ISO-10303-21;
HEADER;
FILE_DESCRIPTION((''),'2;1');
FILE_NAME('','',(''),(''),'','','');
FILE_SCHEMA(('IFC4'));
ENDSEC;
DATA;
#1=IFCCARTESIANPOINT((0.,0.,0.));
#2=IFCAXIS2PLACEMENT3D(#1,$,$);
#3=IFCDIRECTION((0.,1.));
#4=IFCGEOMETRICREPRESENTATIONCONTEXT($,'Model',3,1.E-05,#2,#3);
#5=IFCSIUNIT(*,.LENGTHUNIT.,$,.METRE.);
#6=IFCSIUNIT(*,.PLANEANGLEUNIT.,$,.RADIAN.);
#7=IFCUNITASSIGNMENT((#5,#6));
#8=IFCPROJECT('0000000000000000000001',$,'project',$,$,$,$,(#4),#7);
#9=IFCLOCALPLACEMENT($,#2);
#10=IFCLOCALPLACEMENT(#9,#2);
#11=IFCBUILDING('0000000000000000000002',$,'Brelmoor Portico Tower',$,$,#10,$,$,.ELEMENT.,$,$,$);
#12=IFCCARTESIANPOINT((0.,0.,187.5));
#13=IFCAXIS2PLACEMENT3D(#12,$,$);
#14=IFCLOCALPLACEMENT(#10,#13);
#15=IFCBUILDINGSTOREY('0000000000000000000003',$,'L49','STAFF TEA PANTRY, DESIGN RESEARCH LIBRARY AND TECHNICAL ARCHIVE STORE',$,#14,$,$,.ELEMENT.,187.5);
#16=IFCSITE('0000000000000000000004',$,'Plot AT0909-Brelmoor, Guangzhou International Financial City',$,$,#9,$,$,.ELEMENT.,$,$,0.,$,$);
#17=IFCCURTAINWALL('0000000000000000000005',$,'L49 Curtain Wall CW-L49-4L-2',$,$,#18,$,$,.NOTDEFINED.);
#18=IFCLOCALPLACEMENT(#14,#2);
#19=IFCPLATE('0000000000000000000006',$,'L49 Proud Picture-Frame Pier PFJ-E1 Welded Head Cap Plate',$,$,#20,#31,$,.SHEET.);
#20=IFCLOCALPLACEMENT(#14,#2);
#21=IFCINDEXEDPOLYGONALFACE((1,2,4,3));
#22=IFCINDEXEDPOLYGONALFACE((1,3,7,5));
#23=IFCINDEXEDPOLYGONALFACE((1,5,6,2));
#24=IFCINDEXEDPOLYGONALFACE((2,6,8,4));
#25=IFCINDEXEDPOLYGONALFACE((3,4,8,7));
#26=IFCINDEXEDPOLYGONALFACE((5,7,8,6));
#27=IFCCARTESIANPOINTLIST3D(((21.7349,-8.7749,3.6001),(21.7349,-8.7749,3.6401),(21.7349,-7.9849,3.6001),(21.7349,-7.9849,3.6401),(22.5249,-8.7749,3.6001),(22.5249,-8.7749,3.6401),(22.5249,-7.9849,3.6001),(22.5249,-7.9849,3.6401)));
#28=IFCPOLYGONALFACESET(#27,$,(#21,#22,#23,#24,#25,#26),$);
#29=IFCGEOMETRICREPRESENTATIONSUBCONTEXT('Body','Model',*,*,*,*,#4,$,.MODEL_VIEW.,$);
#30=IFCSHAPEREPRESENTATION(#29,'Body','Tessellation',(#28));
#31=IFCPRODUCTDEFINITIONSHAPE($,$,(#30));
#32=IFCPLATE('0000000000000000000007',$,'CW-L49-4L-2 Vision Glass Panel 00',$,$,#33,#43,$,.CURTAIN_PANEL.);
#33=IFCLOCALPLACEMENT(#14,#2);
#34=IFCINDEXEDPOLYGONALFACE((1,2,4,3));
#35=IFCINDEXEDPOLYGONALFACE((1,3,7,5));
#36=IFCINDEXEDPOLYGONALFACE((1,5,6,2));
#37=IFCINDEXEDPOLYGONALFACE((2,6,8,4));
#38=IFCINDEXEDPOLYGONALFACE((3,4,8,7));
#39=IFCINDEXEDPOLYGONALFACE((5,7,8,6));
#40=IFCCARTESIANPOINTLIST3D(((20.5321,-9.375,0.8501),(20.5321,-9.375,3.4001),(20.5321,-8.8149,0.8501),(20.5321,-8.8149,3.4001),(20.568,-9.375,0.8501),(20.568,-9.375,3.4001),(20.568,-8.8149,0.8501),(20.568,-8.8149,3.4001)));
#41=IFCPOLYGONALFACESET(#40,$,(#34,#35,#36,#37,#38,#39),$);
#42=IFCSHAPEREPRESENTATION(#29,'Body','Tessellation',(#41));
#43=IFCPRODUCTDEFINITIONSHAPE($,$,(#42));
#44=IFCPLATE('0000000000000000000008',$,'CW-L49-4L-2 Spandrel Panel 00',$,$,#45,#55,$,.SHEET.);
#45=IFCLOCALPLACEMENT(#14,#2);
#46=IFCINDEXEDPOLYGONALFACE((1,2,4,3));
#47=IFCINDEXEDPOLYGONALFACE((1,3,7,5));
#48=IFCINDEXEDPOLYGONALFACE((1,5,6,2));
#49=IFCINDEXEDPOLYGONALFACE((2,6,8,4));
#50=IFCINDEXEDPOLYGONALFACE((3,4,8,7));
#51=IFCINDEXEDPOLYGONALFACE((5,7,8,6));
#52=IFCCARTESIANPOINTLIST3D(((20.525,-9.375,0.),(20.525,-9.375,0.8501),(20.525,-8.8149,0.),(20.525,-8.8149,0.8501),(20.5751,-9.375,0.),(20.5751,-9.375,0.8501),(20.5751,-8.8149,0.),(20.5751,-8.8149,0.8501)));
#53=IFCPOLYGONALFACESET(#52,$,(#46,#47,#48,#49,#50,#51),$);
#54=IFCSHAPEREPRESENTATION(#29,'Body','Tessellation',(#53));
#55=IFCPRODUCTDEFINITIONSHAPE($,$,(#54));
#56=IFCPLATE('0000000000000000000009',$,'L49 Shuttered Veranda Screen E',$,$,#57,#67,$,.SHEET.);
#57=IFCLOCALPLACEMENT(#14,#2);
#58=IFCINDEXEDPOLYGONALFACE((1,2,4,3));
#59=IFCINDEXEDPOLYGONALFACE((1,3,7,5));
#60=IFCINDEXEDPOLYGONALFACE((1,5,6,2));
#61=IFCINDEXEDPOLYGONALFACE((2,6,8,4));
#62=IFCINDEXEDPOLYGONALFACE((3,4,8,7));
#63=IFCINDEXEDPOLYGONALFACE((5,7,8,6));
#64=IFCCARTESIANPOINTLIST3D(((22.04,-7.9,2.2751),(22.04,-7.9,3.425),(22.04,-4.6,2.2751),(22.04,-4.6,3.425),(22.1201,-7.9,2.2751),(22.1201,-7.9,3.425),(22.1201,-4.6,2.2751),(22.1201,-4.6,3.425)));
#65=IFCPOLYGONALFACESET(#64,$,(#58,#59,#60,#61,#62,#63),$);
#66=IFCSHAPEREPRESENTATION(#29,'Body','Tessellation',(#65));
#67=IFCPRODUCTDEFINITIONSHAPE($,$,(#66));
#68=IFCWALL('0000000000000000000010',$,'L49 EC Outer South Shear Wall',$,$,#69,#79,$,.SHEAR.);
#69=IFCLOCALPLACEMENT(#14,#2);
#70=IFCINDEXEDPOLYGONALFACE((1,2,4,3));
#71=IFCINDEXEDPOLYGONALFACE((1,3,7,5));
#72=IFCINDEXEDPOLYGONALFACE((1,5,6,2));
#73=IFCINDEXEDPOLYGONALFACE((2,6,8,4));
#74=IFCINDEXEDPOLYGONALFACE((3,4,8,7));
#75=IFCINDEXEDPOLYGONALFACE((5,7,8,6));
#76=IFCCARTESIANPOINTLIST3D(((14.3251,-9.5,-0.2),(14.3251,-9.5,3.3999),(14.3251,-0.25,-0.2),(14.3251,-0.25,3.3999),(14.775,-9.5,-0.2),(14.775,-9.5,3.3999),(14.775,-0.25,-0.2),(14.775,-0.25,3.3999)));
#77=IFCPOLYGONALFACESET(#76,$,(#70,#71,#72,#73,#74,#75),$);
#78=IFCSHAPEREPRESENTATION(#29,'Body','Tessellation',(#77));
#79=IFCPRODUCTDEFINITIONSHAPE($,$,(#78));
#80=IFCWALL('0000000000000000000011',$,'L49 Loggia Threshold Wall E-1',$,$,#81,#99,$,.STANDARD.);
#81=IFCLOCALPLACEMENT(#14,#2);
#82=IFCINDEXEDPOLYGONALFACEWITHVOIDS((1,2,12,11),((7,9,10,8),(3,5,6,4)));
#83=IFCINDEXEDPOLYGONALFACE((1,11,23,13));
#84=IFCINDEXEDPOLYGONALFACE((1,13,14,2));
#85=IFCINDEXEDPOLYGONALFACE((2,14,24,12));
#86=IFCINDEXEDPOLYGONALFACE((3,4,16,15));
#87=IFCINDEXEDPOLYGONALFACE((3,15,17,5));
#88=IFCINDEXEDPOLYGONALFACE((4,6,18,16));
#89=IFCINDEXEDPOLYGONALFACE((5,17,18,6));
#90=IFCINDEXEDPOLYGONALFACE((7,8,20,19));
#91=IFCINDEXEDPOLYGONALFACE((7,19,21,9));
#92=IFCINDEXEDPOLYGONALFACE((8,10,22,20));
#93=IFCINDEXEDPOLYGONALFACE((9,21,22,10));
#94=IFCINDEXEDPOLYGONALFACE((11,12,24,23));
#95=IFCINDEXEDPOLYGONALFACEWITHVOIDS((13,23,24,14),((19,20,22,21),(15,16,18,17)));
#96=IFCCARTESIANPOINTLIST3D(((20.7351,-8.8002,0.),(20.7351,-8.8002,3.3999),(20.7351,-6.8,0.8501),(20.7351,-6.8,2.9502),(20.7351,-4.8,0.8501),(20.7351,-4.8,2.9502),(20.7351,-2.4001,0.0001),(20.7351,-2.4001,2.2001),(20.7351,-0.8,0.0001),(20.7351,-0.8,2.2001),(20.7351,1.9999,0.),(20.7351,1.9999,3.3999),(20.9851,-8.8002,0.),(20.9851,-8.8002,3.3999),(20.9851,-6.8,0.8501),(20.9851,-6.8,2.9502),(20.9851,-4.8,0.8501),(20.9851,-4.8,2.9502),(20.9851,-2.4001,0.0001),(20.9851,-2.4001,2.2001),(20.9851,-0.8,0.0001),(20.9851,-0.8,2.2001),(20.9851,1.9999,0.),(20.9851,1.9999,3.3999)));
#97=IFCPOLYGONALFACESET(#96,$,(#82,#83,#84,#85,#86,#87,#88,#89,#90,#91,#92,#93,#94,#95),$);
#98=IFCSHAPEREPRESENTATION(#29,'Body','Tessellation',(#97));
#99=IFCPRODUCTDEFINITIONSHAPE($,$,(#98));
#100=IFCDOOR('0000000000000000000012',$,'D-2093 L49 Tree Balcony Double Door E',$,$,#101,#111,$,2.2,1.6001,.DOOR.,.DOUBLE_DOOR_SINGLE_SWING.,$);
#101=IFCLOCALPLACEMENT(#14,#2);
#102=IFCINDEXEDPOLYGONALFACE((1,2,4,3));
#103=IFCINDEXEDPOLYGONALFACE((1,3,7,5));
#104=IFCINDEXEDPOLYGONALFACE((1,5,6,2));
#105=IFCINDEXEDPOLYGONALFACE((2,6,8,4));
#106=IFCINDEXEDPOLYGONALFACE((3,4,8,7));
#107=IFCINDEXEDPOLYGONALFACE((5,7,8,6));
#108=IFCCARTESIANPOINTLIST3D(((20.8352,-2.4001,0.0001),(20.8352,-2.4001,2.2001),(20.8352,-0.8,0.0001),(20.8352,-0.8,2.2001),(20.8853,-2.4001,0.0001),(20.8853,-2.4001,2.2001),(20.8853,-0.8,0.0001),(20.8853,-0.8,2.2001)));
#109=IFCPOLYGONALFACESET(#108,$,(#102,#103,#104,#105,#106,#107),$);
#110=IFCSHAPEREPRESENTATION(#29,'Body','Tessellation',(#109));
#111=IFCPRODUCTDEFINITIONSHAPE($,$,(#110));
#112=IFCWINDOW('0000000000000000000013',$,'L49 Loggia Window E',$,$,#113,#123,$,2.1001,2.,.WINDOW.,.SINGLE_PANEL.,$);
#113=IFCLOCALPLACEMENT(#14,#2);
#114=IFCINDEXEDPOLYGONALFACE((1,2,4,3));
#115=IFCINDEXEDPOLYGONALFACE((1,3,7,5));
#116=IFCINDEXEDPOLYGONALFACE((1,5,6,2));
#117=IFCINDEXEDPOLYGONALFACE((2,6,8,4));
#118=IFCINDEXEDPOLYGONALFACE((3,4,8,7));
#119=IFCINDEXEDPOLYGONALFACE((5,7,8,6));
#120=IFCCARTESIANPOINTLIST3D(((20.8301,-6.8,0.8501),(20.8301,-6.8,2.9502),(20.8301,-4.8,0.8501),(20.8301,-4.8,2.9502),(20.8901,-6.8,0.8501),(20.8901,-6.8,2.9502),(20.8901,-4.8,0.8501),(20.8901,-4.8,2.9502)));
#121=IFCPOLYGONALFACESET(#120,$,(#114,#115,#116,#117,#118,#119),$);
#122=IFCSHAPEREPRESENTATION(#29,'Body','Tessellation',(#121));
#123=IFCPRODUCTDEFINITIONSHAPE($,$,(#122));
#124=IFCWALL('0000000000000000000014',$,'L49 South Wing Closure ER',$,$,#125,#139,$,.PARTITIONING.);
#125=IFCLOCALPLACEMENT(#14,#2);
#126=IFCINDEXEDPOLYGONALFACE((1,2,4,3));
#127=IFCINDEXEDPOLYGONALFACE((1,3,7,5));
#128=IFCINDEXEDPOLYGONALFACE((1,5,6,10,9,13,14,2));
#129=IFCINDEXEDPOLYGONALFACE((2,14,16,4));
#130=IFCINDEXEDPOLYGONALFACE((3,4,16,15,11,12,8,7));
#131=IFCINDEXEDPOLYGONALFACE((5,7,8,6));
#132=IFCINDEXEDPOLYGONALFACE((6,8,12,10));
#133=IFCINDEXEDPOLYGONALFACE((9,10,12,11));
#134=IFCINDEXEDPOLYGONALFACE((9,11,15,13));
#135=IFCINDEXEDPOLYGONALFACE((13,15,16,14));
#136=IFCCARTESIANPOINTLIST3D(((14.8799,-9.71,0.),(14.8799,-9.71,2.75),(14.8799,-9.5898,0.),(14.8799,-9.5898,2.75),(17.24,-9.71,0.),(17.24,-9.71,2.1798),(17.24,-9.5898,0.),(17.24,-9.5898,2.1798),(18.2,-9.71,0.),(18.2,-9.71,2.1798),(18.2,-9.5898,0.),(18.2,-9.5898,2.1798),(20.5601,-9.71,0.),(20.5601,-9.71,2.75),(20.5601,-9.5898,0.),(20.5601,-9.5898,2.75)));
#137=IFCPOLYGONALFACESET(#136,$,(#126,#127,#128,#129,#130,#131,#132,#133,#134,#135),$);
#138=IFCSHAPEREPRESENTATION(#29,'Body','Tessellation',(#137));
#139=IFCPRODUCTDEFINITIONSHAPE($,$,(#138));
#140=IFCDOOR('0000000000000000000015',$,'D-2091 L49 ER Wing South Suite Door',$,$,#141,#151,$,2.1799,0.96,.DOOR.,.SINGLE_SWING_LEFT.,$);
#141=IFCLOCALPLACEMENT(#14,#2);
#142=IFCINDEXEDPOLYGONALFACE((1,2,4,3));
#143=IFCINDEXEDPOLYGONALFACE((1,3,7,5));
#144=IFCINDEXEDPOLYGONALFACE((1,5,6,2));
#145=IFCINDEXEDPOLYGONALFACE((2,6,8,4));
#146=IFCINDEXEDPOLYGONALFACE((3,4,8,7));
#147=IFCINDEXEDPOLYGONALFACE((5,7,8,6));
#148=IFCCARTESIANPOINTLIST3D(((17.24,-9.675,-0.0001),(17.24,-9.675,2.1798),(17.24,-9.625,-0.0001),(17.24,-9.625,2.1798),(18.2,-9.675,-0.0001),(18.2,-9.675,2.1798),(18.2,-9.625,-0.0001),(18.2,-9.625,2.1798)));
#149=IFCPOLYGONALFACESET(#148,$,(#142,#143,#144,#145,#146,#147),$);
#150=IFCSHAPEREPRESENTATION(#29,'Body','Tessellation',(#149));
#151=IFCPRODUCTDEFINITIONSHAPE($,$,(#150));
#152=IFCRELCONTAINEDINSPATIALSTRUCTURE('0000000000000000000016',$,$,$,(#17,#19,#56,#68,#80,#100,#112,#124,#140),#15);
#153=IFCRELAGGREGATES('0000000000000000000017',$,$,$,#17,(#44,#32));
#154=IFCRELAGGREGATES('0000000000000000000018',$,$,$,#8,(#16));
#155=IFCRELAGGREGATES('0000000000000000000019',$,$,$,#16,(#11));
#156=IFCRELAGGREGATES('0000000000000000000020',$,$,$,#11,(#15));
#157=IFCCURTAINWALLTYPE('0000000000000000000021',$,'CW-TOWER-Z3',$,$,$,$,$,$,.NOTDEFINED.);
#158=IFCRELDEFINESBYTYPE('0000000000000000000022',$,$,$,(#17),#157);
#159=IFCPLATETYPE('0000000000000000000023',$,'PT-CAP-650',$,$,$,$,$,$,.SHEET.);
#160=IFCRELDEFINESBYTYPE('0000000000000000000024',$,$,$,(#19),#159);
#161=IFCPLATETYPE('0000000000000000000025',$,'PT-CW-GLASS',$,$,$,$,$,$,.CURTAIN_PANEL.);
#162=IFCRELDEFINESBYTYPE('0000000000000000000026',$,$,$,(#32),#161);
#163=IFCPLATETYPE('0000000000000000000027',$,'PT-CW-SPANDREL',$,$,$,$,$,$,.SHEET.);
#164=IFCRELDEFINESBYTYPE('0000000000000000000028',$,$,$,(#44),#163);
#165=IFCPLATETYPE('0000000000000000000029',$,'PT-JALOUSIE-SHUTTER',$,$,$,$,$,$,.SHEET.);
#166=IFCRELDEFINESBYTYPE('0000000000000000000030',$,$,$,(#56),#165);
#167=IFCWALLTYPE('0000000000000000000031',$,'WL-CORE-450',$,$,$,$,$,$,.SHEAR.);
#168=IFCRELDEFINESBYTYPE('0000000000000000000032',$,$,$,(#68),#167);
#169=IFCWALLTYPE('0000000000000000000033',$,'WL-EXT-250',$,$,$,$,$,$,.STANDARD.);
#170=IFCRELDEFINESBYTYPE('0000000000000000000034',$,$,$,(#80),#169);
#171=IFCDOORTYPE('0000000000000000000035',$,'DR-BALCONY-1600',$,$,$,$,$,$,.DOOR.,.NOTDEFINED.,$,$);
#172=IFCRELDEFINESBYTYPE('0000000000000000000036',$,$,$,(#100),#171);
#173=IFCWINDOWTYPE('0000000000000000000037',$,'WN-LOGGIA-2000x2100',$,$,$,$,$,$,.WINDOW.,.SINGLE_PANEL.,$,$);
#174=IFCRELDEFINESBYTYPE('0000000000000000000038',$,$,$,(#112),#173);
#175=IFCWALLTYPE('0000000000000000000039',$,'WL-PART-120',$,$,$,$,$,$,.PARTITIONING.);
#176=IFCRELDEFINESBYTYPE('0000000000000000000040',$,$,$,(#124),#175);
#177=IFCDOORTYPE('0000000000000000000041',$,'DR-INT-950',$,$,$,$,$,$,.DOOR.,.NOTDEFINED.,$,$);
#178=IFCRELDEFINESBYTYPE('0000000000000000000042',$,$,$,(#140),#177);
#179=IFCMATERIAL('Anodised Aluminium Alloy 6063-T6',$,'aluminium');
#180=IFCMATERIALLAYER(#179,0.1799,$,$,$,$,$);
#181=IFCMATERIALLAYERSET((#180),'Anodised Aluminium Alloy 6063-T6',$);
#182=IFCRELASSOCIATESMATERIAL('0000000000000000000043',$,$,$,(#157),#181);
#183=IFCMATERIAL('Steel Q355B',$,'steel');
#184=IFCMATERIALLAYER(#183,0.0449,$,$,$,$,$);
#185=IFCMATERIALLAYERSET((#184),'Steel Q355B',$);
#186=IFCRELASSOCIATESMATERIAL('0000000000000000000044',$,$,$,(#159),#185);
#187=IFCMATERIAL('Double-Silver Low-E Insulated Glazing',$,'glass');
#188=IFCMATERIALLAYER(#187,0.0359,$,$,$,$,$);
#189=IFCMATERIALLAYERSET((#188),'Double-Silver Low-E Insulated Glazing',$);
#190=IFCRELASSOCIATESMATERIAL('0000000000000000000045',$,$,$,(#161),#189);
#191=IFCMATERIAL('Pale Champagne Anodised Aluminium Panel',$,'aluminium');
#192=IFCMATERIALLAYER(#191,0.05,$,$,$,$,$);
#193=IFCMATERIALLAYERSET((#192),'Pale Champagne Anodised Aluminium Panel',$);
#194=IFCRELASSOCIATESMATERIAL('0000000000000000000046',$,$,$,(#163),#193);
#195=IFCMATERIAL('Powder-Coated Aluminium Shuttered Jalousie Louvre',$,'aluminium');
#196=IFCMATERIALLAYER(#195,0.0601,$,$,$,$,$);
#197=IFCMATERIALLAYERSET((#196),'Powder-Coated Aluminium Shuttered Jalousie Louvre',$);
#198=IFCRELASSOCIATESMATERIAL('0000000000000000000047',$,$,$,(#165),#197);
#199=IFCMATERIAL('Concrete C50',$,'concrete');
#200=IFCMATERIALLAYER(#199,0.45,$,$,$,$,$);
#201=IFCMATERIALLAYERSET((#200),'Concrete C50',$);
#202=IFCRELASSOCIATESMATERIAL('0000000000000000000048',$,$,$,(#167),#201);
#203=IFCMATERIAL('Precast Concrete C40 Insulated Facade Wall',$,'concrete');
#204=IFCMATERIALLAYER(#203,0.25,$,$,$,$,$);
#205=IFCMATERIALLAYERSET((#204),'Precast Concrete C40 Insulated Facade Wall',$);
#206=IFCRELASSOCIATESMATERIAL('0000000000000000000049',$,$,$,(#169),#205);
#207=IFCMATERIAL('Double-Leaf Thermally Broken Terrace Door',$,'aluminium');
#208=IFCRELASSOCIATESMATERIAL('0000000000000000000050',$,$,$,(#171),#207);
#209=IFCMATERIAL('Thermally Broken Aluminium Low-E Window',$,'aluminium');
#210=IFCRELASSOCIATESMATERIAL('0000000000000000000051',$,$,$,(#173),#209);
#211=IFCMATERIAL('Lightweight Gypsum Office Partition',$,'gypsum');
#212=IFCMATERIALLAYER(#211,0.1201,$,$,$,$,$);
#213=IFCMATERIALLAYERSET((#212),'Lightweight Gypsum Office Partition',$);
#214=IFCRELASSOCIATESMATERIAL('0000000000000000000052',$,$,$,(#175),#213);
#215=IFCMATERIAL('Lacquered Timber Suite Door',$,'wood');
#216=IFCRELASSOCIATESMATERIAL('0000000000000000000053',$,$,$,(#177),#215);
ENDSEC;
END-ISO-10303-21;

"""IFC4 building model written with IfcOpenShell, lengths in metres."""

from ifc_helpers import new_model, si_unit, direction, frame, frame_2d, origin, origin_2d, place, context, subcontext, project, spatial, rectangle, extrude, material, layer, layer_set, type_object, element, fill, aggregate, save


model = new_model("IFC4")

# Units and contexts
model_context = context("Model", 3, precision=1e-05, world=origin(), true_north=direction((0.0, 1.0)))
body_context = subcontext(model_context, "Body", "Model", "MODEL_VIEW")
ifc_project = project(units=[si_unit("LENGTHUNIT", "METRE"), si_unit("PLANEANGLEUNIT", "RADIAN")], contexts=[model_context])

# Site, building, storey
site_placement = place(None, origin())
site = spatial("IfcSite", under=ifc_project, at=site_placement, Name="Plot AT0909-Brelmoor, Guangzhou International Financial City", CompositionType="ELEMENT", RefElevation=0.0)
building_placement = place(site_placement, origin())
building = spatial("IfcBuilding", under=site, at=building_placement, Name="Brelmoor Portico Tower", CompositionType="ELEMENT")
storey_placement = place(building_placement, frame((0.0, 0.0, 187.5)))
storey = spatial("IfcBuildingStorey", under=building, at=storey_placement, Name="L49", Description="STAFF TEA PANTRY, DESIGN RESEARCH LIBRARY AND TECHNICAL ARCHIVE STORE", CompositionType="ELEMENT", Elevation=187.5)

# Shared definitions
ifc_material_1 = material(Name="Steel Q355B", Category="steel")

# Curtain wall
ifc_material_2 = material(Name="Anodised Aluminium Alloy 6063-T6", Category="aluminium")
ifc_layer_1 = layer(ifc_material_2, 0.1799)
ifc_layer_set_1 = layer_set([ifc_layer_1], Name="Anodised Aluminium Alloy 6063-T6")
curtain_wall_type = type_object("IfcCurtainWallType", Name="CW-TOWER-Z3", PredefinedType="NOTDEFINED", material=ifc_layer_set_1)
curtain_wall_placement = place(storey_placement, origin())
curtain_wall = element("IfcCurtainWall", 1, at=curtain_wall_placement, inside=storey, type_object=curtain_wall_type, Name="L49 Curtain Wall CW-L49-4L-2", PredefinedType="NOTDEFINED")

# Plates
ifc_layer_2 = layer(ifc_material_1, 0.0449)
ifc_layer_set_2 = layer_set([ifc_layer_2], Name="Steel Q355B")
plate_type_1 = type_object("IfcPlateType", Name="PT-CAP-650", PredefinedType="SHEET", material=ifc_layer_set_2)
plate_1_placement = place(storey_placement, frame((22.1299, -8.3799, 3.6001), z_axis=(0.0, 0.0, 1.0), x_axis=(0.0, 1.0, 0.0)))
element("IfcPlate", 2, at=plate_1_placement, inside=storey, type_object=plate_type_1, Name="L49 Proud Picture-Frame Pier PFJ-E1 Welded Head Cap Plate", PredefinedType="SHEET", context=body_context, shape_type="SweptSolid", body=[
    extrude(rectangle(XDim=0.79, YDim=0.79, at=origin_2d()), origin(), (0.0, 0.0, 1.0), 0.04),
])
ifc_material_3 = material(Name="Double-Silver Low-E Insulated Glazing", Category="glass")
ifc_layer_3 = layer(ifc_material_3, 0.0359)
ifc_layer_set_3 = layer_set([ifc_layer_3], Name="Double-Silver Low-E Insulated Glazing")
plate_type_2 = type_object("IfcPlateType", Name="PT-CW-GLASS", PredefinedType="CURTAIN_PANEL", material=ifc_layer_set_3)
plate_2_placement = place(storey_placement, frame((20.55, -9.095, 0.8501), z_axis=(0.0, 0.0, 1.0), x_axis=(0.0, 1.0, 0.0)))
plate_2 = element("IfcPlate", 3, at=plate_2_placement, type_object=plate_type_2, Name="CW-L49-4L-2 Vision Glass Panel 00", PredefinedType="CURTAIN_PANEL", context=body_context, shape_type="SweptSolid", body=[
    extrude(rectangle(XDim=0.5601, YDim=0.0359, at=origin_2d()), origin(), (0.0, 0.0, 1.0), 2.55),
])
ifc_material_4 = material(Name="Pale Champagne Anodised Aluminium Panel", Category="aluminium")
ifc_layer_4 = layer(ifc_material_4, 0.05)
ifc_layer_set_4 = layer_set([ifc_layer_4], Name="Pale Champagne Anodised Aluminium Panel")
plate_type_3 = type_object("IfcPlateType", Name="PT-CW-SPANDREL", PredefinedType="SHEET", material=ifc_layer_set_4)
plate_3_placement = place(storey_placement, frame((20.55, -9.095, 0.0), z_axis=(0.0, 0.0, 1.0), x_axis=(0.0, 1.0, 0.0)))
plate_3 = element("IfcPlate", 4, at=plate_3_placement, type_object=plate_type_3, Name="CW-L49-4L-2 Spandrel Panel 00", PredefinedType="SHEET", context=body_context, shape_type="SweptSolid", body=[
    extrude(rectangle(XDim=0.5601, YDim=0.05, at=origin_2d()), origin(), (0.0, 0.0, 1.0), 0.8501),
])
aggregate(curtain_wall, [plate_3, plate_2])
ifc_material_5 = material(Name="Powder-Coated Aluminium Shuttered Jalousie Louvre", Category="aluminium")
ifc_layer_5 = layer(ifc_material_5, 0.0601)
ifc_layer_set_5 = layer_set([ifc_layer_5], Name="Powder-Coated Aluminium Shuttered Jalousie Louvre")
plate_type_4 = type_object("IfcPlateType", Name="PT-JALOUSIE-SHUTTER", PredefinedType="SHEET", material=ifc_layer_set_5)
plate_4_placement = place(storey_placement, frame((22.0801, -6.25, 2.2751), z_axis=(0.0, 0.0, 1.0), x_axis=(0.0, 1.0, 0.0)))
element("IfcPlate", 5, at=plate_4_placement, inside=storey, type_object=plate_type_4, Name="L49 Shuttered Veranda Screen E", PredefinedType="SHEET", context=body_context, shape_type="SweptSolid", body=[
    extrude(rectangle(XDim=3.3, YDim=0.0801, at=origin_2d()), origin(), (0.0, 0.0, 1.0), 1.1499),
])

# Wall
ifc_material_6 = material(Name="Concrete C50", Category="concrete")
ifc_layer_6 = layer(ifc_material_6, 0.45)
ifc_layer_set_6 = layer_set([ifc_layer_6], Name="Concrete C50")
wall_type_1 = type_object("IfcWallType", Name="WL-CORE-450", PredefinedType="SHEAR", material=ifc_layer_set_6)
wall_1_placement = place(storey_placement, frame((14.55, -9.5, -0.2), z_axis=(0.0, 0.0, 1.0), x_axis=(0.0, 1.0, 0.0)))
element("IfcWall", 6, at=wall_1_placement, inside=storey, type_object=wall_type_1, Name="L49 EC Outer South Shear Wall", PredefinedType="SHEAR", context=body_context, shape_type="SweptSolid", body=[
    extrude(rectangle(XDim=9.25, YDim=0.45, at=frame_2d((4.625, 0.0))), origin(), (0.0, 0.0, 1.0), 3.5999),
])

# Wall, openings, door, window
ifc_material_7 = material(Name="Precast Concrete C40 Insulated Facade Wall", Category="concrete")
ifc_layer_7 = layer(ifc_material_7, 0.25)
ifc_layer_set_7 = layer_set([ifc_layer_7], Name="Precast Concrete C40 Insulated Facade Wall")
wall_type_2 = type_object("IfcWallType", Name="WL-EXT-250", PredefinedType="STANDARD", material=ifc_layer_set_7)
wall_2_placement = place(storey_placement, frame((20.8601, -8.8, 0.0), z_axis=(0.0, 0.0, 1.0), x_axis=(0.0, 1.0, 0.0)))
wall_2 = element("IfcWall", 7, at=wall_2_placement, inside=storey, type_object=wall_type_2, Name="L49 Loggia Threshold Wall E-1", PredefinedType="STANDARD", context=body_context, shape_type="SweptSolid", body=[
    extrude(rectangle(XDim=10.8, YDim=0.25, at=frame_2d((5.3999, 0.0))), origin(), (0.0, 0.0, 1.0), 3.3999),
])
opening_1_placement = place(wall_2_placement, frame((6.3999, 0.0, 0.0)))
opening_1 = element("IfcOpeningElement", 8, at=opening_1_placement, cuts=wall_2, PredefinedType="OPENING", context=body_context, shape_type="SweptSolid", body=[
    extrude(rectangle(XDim=1.6001, YDim=2.2, at=frame_2d((0.8, 1.1001))), frame((0.0, 0.135, 0.0), z_axis=(0.0, -1.0, 0.0), x_axis=(1.0, 0.0, 0.0)), (0.0, 0.0, 1.0), 0.27),
])
opening_2_placement = place(wall_2_placement, frame((2.0, 0.0, 0.8501)))
opening_2 = element("IfcOpeningElement", 9, at=opening_2_placement, cuts=wall_2, PredefinedType="OPENING", context=body_context, shape_type="SweptSolid", body=[
    extrude(rectangle(XDim=2.0, YDim=2.1001, at=frame_2d((1.0, 1.05))), frame((0.0, 0.135, 0.0), z_axis=(0.0, -1.0, 0.0), x_axis=(1.0, 0.0, 0.0)), (0.0, 0.0, 1.0), 0.27),
])
ifc_material_8 = material(Name="Double-Leaf Thermally Broken Terrace Door", Category="aluminium")
door_type_1 = type_object("IfcDoorType", Name="DR-BALCONY-1600", OperationType="NOTDEFINED", PredefinedType="DOOR", material=ifc_material_8)
door_1_placement = place(opening_1_placement, origin())
door_1 = element("IfcDoor", 10, at=door_1_placement, inside=storey, type_object=door_type_1, Name="D-2093 L49 Tree Balcony Double Door E", OperationType="DOUBLE_DOOR_SINGLE_SWING", OverallHeight=2.2, OverallWidth=1.6001, PredefinedType="DOOR", context=body_context, shape_type="SweptSolid", body=[
    extrude(rectangle(XDim=1.6001, YDim=2.2, at=frame_2d((0.8, 1.1001))), frame((0.0, 0.0249, 0.0), z_axis=(0.0, -1.0, 0.0), x_axis=(1.0, 0.0, 0.0)), (0.0, 0.0, 1.0), 0.05),
])
fill(opening_1, door_1)
ifc_material_9 = material(Name="Thermally Broken Aluminium Low-E Window", Category="aluminium")
window_type = type_object("IfcWindowType", Name="WN-LOGGIA-2000x2100", PartitioningType="SINGLE_PANEL", PredefinedType="WINDOW", material=ifc_material_9)
window_placement = place(opening_2_placement, origin())
window = element("IfcWindow", 11, at=window_placement, inside=storey, type_object=window_type, Name="L49 Loggia Window E", OverallHeight=2.1001, OverallWidth=2.0, PartitioningType="SINGLE_PANEL", PredefinedType="WINDOW", context=body_context, shape_type="SweptSolid", body=[
    extrude(rectangle(XDim=2.0, YDim=2.1001, at=frame_2d((1.0, 1.05))), frame((0.0, 0.03, 0.0), z_axis=(0.0, -1.0, 0.0), x_axis=(1.0, 0.0, 0.0)), (0.0, 0.0, 1.0), 0.0601),
])
fill(opening_2, window)

# Wall, opening, door
ifc_material_10 = material(Name="Lightweight Gypsum Office Partition", Category="gypsum")
ifc_layer_8 = layer(ifc_material_10, 0.1201)
ifc_layer_set_8 = layer_set([ifc_layer_8], Name="Lightweight Gypsum Office Partition")
wall_type_3 = type_object("IfcWallType", Name="WL-PART-120", PredefinedType="PARTITIONING", material=ifc_layer_set_8)
wall_3_placement = place(storey_placement, frame((14.8799, -9.6499, 0.0), z_axis=(0.0, 0.0, 1.0), x_axis=(1.0, 0.0, 0.0)))
wall_3 = element("IfcWall", 12, at=wall_3_placement, inside=storey, type_object=wall_type_3, Name="L49 South Wing Closure ER", PredefinedType="PARTITIONING", context=body_context, shape_type="SweptSolid", body=[
    extrude(rectangle(XDim=5.6802, YDim=0.1201, at=frame_2d((2.8401, 0.0))), origin(), (0.0, 0.0, 1.0), 2.75),
])
opening_3_placement = place(wall_3_placement, frame((2.3601, 0.0, 0.0)))
opening_3 = element("IfcOpeningElement", 13, at=opening_3_placement, cuts=wall_3, PredefinedType="OPENING", context=body_context, shape_type="SweptSolid", body=[
    extrude(rectangle(XDim=0.96, YDim=2.1799, at=frame_2d((0.48, 1.0898))), frame((0.0, 0.0701, 0.0), z_axis=(0.0, -1.0, 0.0), x_axis=(1.0, 0.0, 0.0)), (0.0, 0.0, 1.0), 0.1401),
])
ifc_material_11 = material(Name="Lacquered Timber Suite Door", Category="wood")
door_type_2 = type_object("IfcDoorType", Name="DR-INT-950", OperationType="NOTDEFINED", PredefinedType="DOOR", material=ifc_material_11)
door_2_placement = place(opening_3_placement, origin())
door_2 = element("IfcDoor", 14, at=door_2_placement, inside=storey, type_object=door_type_2, Name="D-2091 L49 ER Wing South Suite Door", OperationType="SINGLE_SWING_LEFT", OverallHeight=2.1799, OverallWidth=0.96, PredefinedType="DOOR", context=body_context, shape_type="SweptSolid", body=[
    extrude(rectangle(XDim=0.96, YDim=2.1799, at=frame_2d((0.48, 1.0898))), frame((0.0, 0.0249, 0.0), z_axis=(0.0, -1.0, 0.0), x_axis=(1.0, 0.0, 0.0)), (0.0, 0.0, 1.0), 0.05),
])
fill(opening_3, door_2)

save(model, "model.ifc")
